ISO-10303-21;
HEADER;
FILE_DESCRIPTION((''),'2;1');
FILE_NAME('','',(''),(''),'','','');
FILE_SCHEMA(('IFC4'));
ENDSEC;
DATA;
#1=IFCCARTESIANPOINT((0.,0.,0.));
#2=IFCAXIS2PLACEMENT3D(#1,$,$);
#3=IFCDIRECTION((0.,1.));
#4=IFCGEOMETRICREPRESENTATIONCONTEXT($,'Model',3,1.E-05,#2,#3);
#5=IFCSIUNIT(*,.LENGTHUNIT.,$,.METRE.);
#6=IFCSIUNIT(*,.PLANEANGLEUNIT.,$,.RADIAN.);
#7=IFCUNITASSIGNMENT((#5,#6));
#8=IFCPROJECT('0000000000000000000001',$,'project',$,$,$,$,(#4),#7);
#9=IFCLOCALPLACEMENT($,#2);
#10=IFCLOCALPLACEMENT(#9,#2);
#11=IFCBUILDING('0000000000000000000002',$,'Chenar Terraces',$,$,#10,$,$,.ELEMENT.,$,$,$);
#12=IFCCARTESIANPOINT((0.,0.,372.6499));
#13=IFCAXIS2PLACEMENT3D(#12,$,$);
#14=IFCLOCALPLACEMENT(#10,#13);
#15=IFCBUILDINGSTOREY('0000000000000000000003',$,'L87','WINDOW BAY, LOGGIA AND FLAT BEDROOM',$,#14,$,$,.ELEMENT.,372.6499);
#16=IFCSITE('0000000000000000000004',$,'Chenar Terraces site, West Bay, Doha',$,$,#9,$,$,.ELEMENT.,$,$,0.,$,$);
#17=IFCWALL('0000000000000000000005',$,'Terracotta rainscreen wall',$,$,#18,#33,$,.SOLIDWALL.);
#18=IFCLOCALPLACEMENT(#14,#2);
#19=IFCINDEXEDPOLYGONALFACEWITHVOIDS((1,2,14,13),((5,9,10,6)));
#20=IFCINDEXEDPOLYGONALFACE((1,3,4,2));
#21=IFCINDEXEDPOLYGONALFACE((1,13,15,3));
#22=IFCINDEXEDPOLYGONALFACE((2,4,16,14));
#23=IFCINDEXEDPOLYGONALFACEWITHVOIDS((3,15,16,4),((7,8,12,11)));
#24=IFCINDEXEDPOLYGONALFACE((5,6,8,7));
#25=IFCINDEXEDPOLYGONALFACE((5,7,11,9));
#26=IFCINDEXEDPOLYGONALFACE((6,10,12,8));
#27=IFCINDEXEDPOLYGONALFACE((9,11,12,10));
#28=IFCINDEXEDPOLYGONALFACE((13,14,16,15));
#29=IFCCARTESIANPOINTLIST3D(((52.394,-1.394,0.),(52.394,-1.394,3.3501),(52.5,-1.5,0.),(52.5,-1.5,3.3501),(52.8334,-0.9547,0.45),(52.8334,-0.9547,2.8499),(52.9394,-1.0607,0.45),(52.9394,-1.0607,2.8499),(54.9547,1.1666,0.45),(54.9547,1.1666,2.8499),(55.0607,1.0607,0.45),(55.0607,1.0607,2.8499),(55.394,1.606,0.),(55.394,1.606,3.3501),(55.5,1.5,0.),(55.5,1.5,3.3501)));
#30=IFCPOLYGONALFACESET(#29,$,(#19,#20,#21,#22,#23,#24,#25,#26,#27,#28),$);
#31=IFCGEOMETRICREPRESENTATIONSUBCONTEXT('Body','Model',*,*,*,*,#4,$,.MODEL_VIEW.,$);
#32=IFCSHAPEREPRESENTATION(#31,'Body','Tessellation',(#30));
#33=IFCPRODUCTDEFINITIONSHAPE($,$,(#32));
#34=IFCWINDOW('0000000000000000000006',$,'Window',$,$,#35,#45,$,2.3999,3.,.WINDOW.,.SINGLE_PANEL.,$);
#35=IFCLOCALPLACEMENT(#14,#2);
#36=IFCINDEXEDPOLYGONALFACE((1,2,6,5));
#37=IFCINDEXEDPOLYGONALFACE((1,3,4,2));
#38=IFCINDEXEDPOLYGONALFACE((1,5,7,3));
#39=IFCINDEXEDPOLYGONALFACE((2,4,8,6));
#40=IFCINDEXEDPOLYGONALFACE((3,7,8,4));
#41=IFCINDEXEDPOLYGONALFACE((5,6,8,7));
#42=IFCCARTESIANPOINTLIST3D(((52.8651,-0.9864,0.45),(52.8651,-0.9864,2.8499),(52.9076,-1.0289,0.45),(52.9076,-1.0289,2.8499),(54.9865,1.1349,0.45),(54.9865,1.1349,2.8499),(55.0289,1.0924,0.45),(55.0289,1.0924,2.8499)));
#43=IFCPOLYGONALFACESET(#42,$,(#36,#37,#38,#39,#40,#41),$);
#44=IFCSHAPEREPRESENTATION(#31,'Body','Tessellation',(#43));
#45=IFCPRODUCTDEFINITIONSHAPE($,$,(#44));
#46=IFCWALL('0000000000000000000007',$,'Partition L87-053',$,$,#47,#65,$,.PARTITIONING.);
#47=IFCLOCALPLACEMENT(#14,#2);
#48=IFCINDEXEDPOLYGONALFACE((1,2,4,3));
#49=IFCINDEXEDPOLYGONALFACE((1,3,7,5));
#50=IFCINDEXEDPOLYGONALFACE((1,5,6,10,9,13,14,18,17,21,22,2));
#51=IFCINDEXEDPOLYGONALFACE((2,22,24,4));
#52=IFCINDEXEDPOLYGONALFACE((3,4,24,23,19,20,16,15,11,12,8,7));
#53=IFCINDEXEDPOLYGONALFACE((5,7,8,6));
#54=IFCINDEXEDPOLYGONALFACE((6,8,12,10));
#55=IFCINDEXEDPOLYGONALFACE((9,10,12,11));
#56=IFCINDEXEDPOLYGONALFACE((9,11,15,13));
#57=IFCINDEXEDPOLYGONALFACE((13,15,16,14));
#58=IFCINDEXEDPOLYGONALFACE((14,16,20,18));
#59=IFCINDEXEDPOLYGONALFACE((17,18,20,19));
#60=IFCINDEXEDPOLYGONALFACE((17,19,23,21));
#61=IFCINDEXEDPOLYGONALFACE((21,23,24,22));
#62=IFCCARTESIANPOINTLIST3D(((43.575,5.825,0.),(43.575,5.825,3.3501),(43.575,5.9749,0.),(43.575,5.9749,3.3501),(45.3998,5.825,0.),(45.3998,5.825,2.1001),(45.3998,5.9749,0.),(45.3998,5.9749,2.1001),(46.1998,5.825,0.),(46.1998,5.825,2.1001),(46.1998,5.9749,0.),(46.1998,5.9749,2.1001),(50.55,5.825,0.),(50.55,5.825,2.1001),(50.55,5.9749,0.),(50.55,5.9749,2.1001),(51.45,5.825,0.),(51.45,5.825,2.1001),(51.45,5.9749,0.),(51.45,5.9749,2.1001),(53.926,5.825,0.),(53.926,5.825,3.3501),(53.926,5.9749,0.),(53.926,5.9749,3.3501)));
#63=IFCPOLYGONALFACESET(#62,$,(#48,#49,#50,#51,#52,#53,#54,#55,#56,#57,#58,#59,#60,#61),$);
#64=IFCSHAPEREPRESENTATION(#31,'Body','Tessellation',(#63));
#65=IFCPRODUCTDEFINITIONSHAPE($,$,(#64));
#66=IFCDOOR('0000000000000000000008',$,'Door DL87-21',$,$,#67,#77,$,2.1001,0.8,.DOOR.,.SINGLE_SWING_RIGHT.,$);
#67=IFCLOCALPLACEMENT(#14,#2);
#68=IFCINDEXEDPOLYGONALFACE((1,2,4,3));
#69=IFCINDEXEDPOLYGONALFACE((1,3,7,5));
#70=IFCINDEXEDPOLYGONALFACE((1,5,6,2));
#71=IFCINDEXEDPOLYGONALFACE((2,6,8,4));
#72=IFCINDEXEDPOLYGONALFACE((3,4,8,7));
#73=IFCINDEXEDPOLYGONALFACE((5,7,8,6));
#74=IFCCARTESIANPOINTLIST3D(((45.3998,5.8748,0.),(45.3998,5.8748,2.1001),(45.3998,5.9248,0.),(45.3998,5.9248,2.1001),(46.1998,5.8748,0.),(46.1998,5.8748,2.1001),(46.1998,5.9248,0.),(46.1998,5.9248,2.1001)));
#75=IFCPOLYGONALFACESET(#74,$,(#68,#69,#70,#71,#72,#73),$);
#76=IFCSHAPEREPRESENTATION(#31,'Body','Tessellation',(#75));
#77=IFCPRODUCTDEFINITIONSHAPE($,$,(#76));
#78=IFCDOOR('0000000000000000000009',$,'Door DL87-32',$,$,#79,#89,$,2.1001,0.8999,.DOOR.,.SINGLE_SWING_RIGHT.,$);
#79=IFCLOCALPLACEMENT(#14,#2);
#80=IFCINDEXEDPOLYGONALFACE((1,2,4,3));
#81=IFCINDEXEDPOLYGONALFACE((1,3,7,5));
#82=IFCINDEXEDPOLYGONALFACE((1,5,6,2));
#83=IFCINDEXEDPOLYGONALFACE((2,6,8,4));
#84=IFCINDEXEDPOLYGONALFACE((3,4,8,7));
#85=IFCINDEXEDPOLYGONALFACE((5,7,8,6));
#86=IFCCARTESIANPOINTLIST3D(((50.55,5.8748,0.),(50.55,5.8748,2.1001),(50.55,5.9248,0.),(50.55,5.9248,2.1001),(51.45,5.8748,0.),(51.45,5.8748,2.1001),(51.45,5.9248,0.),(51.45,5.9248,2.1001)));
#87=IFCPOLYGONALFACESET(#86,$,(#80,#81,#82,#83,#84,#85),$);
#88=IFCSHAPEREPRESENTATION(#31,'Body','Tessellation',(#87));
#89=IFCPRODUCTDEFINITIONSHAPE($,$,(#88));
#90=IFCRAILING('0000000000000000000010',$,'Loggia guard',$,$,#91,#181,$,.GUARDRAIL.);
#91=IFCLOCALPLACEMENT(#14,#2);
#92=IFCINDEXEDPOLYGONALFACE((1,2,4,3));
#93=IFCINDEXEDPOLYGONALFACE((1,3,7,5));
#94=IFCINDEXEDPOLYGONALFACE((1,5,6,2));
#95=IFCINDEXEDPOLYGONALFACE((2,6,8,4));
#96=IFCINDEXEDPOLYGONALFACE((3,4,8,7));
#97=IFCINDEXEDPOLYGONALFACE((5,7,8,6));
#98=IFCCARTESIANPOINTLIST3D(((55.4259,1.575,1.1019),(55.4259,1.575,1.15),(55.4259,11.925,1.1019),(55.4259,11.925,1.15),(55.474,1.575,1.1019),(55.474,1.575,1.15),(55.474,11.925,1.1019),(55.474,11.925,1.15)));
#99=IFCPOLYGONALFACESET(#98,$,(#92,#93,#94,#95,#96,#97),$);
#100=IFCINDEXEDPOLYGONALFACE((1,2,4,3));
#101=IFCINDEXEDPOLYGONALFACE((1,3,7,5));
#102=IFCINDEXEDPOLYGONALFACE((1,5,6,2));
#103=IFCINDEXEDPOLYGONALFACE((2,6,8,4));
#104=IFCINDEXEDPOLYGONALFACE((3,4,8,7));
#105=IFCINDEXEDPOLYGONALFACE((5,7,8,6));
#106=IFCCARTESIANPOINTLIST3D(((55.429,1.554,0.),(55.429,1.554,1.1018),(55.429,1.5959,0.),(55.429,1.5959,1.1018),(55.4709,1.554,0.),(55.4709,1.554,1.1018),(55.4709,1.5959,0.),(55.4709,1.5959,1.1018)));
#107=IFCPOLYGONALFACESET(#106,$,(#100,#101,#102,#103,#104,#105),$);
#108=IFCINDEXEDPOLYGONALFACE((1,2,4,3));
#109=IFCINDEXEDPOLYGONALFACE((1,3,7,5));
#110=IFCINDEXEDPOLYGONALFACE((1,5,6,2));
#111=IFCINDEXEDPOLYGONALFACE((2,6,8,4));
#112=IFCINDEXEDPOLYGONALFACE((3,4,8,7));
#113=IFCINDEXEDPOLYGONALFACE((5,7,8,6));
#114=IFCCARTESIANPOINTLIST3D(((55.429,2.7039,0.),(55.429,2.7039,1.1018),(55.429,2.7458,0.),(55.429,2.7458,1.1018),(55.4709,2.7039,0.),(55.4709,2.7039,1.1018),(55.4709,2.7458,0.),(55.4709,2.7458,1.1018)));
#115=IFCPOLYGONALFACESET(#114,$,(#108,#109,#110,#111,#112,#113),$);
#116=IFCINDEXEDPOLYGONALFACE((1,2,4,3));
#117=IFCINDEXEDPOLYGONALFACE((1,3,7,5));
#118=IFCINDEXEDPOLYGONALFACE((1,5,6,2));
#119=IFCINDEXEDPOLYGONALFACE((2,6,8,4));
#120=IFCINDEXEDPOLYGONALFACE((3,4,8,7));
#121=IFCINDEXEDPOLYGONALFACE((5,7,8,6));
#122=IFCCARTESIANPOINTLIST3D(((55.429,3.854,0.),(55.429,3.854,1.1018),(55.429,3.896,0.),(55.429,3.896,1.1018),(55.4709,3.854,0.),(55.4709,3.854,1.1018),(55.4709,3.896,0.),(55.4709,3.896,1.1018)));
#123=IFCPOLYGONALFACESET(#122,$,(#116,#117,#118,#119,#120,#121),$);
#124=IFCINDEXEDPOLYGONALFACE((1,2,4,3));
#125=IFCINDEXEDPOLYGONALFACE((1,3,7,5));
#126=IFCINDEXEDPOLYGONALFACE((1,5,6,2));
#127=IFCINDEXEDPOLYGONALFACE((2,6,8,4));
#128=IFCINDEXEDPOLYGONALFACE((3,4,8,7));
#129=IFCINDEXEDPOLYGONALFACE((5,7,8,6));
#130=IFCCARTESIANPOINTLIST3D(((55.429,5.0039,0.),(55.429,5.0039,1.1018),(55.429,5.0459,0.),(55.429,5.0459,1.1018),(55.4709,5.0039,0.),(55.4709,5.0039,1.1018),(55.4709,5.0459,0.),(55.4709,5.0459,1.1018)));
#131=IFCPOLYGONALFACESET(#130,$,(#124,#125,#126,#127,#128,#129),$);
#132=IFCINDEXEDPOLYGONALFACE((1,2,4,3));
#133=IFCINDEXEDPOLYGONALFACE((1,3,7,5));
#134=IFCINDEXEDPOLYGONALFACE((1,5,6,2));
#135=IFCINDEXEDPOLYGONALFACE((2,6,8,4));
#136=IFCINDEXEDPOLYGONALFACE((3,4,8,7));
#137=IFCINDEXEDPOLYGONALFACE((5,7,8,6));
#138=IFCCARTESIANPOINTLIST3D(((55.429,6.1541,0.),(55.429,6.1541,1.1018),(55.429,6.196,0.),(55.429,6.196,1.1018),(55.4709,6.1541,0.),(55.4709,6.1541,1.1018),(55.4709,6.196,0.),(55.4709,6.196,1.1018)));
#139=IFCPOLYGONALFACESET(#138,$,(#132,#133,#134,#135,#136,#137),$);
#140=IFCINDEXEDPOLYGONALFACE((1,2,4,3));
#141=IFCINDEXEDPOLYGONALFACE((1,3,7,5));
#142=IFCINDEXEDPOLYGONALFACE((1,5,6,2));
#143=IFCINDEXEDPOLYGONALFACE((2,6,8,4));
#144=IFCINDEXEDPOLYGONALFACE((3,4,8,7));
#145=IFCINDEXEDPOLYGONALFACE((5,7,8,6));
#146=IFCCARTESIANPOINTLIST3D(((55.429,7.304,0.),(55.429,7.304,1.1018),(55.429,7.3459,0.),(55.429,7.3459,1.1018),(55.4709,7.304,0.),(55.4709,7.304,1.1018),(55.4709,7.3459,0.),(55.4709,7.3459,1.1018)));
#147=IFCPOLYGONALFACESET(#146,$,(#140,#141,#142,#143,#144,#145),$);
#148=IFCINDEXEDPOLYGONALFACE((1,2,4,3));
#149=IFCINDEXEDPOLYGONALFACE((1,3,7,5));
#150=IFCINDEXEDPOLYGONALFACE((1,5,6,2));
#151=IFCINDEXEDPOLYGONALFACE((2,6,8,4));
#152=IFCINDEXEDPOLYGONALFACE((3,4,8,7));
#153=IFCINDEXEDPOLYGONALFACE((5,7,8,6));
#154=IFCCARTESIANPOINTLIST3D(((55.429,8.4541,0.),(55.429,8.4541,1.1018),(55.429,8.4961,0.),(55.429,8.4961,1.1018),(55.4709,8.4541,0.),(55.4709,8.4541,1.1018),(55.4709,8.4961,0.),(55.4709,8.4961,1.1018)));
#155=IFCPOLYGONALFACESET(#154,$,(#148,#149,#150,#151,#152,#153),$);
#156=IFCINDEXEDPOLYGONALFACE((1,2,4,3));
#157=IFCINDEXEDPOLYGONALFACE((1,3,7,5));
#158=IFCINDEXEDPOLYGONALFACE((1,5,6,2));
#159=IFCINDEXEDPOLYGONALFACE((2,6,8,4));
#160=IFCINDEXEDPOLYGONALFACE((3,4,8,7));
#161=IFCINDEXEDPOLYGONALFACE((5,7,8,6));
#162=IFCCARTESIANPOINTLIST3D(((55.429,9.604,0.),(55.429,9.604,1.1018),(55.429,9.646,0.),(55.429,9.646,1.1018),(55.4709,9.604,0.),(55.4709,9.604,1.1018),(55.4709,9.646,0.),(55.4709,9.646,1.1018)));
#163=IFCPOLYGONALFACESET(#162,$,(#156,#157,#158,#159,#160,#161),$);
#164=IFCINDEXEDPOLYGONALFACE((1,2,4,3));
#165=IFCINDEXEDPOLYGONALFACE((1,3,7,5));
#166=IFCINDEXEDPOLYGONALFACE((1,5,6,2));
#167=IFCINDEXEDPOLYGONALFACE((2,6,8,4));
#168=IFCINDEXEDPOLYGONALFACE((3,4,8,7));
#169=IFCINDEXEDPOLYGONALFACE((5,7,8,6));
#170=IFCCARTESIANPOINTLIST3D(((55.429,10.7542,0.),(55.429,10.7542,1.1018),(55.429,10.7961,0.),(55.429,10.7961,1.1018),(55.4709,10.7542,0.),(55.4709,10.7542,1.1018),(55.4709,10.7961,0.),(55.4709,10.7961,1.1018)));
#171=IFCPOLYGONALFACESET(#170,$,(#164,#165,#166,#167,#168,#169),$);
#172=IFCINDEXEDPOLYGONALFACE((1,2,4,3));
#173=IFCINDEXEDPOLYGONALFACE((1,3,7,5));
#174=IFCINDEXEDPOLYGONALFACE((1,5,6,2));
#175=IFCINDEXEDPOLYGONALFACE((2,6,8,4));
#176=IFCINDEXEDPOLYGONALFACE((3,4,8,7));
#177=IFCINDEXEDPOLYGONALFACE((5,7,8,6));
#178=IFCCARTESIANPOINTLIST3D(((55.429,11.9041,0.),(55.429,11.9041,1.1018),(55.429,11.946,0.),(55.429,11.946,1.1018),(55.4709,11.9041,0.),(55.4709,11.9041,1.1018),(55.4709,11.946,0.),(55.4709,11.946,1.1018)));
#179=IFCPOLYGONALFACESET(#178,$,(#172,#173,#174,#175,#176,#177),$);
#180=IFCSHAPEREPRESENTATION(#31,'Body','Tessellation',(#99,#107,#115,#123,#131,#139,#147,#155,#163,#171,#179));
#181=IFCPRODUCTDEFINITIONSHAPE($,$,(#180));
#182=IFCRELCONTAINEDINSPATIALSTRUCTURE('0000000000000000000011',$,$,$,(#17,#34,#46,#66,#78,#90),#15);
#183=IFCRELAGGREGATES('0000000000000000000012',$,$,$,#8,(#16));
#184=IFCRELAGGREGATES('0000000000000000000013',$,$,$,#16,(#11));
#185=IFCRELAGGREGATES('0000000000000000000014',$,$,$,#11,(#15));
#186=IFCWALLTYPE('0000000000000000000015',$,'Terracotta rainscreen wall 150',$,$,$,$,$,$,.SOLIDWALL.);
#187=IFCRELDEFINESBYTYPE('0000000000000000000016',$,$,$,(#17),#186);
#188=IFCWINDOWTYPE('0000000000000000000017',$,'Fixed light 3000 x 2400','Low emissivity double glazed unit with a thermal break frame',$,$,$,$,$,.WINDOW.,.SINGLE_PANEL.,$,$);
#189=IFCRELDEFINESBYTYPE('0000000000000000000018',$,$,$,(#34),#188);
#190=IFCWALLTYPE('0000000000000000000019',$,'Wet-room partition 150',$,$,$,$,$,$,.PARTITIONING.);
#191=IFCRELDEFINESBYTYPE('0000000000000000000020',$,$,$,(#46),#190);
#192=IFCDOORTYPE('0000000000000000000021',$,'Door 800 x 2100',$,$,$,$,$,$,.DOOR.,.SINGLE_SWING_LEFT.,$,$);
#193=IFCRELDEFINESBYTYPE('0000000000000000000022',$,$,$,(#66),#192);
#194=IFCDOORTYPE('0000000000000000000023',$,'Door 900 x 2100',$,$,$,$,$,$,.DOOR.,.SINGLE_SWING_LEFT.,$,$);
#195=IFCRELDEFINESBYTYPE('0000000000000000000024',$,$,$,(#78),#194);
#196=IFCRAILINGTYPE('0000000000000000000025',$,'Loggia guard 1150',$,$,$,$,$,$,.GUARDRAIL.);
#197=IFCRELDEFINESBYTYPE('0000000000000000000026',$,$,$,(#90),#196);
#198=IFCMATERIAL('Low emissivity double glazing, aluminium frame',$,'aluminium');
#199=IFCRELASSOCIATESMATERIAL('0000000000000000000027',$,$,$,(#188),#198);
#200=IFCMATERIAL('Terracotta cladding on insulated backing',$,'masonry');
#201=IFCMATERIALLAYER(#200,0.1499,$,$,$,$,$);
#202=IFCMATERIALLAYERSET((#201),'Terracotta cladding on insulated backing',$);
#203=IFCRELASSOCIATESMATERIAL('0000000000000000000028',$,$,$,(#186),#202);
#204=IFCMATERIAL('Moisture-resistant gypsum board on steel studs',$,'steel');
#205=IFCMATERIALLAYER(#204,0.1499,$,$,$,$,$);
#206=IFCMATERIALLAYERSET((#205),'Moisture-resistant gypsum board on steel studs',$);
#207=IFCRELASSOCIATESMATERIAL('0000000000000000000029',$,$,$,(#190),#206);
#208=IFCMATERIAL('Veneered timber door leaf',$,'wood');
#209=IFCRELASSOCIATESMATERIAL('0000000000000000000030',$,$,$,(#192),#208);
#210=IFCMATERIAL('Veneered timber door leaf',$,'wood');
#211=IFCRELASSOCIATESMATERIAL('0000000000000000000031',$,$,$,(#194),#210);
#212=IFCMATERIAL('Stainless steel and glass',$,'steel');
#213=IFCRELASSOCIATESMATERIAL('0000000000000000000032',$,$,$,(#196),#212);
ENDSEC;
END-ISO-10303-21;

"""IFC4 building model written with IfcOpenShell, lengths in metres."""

from ifc_helpers import new_model, si_unit, direction, frame, frame_2d, origin, origin_2d, place, context, subcontext, project, spatial, rectangle, extrude, material, layer, layer_set, type_object, element, fill, save


model = new_model("IFC4")

# Units and contexts
model_context = context("Model", 3, precision=1e-05, world=origin(), true_north=direction((0.0, 1.0)))
body_context = subcontext(model_context, "Body", "Model", "MODEL_VIEW")
ifc_project = project(units=[si_unit("LENGTHUNIT", "METRE"), si_unit("PLANEANGLEUNIT", "RADIAN")], contexts=[model_context])

# Site, building, storey
site_placement = place(None, origin())
site = spatial("IfcSite", under=ifc_project, at=site_placement, Name="Chenar Terraces site, West Bay, Doha", CompositionType="ELEMENT", RefElevation=0.0)
building_placement = place(site_placement, origin())
building = spatial("IfcBuilding", under=site, at=building_placement, Name="Chenar Terraces", CompositionType="ELEMENT")
storey_placement = place(building_placement, frame((0.0, 0.0, 372.6499)))
storey = spatial("IfcBuildingStorey", under=building, at=storey_placement, Name="L87", Description="WINDOW BAY, LOGGIA AND FLAT BEDROOM", CompositionType="ELEMENT", Elevation=372.6499)

# Shared definitions
ifc_material_1 = material(Name="Low emissivity double glazing, aluminium frame", Category="aluminium")
window_type_1 = type_object("IfcWindowType", Name="Fixed light 3000 x 2400", Description="Low emissivity double glazed unit with a thermal break frame", PartitioningType="SINGLE_PANEL", PredefinedType="WINDOW", material=ifc_material_1)

# Wall, opening, window
ifc_material_2 = material(Name="Terracotta cladding on insulated backing", Category="masonry")
ifc_layer_1 = layer(ifc_material_2, 0.1499)
ifc_layer_set_1 = layer_set([ifc_layer_1], Name="Terracotta cladding on insulated backing")
wall_type_1 = type_object("IfcWallType", Name="Terracotta rainscreen wall 150", PredefinedType="SOLIDWALL", material=ifc_layer_set_1)
wall_1_placement = place(storey_placement, frame((52.447, -1.447, 0.0), z_axis=(0.0, 0.0, 1.0), x_axis=(0.707107, 0.707107, 0.0)))
wall_1 = element("IfcWall", 1, at=wall_1_placement, inside=storey, type_object=wall_type_1, Name="Terracotta rainscreen wall", PredefinedType="SOLIDWALL", context=body_context, shape_type="SweptSolid", body=[
    extrude(rectangle(XDim=4.2427, YDim=0.1499, at=frame_2d((2.1213, 0.0))), origin(), (0.0, 0.0, 1.0), 3.3501),
])
opening_1_placement = place(wall_1_placement, frame((0.6213, 0.0, 0.45)))
opening_1 = element("IfcOpeningElement", 2, at=opening_1_placement, cuts=wall_1, PredefinedType="OPENING", context=body_context, shape_type="SweptSolid", body=[
    extrude(rectangle(XDim=3.0, YDim=2.3999, at=frame_2d((1.5, 1.2))), frame((0.0, 0.085, 0.0), z_axis=(0.0, -1.0, 0.0), x_axis=(1.0, 0.0, 0.0)), (0.0, 0.0, 1.0), 0.1699),
])
window_1_placement = place(opening_1_placement, origin())
window_1 = element("IfcWindow", 3, at=window_1_placement, inside=storey, type_object=window_type_1, Name="Window", OverallHeight=2.3999, OverallWidth=3.0, PartitioningType="SINGLE_PANEL", PredefinedType="WINDOW", context=body_context, shape_type="SweptSolid", body=[
    extrude(rectangle(XDim=3.0, YDim=2.3999, at=frame_2d((1.5, 1.2))), frame((0.0, 0.03, 0.0), z_axis=(0.0, -1.0, 0.0), x_axis=(1.0, 0.0, 0.0)), (0.0, 0.0, 1.0), 0.0601),
])
fill(opening_1, window_1)

# Wall, openings, doors
ifc_material_3 = material(Name="Moisture-resistant gypsum board on steel studs", Category="steel")
ifc_layer_2 = layer(ifc_material_3, 0.1499)
ifc_layer_set_2 = layer_set([ifc_layer_2], Name="Moisture-resistant gypsum board on steel studs")
wall_type_2 = type_object("IfcWallType", Name="Wet-room partition 150", PredefinedType="PARTITIONING", material=ifc_layer_set_2)
wall_2_placement = place(storey_placement, frame((43.575, 5.8999, 0.0), z_axis=(0.0, 0.0, 1.0), x_axis=(1.0, 0.0, 0.0)))
wall_2 = element("IfcWall", 4, at=wall_2_placement, inside=storey, type_object=wall_type_2, Name="Partition L87-053", PredefinedType="PARTITIONING", context=body_context, shape_type="SweptSolid", body=[
    extrude(rectangle(XDim=10.3511, YDim=0.1499, at=frame_2d((5.1755, 0.0))), origin(), (0.0, 0.0, 1.0), 3.3501),
])
opening_2_placement = place(wall_2_placement, frame((1.825, 0.0, 0.0)))
opening_2 = element("IfcOpeningElement", 5, at=opening_2_placement, cuts=wall_2, PredefinedType="OPENING", context=body_context, shape_type="SweptSolid", body=[
    extrude(rectangle(XDim=0.8, YDim=2.1001, at=frame_2d((0.3999, 1.05))), frame((0.0, 0.085, 0.0), z_axis=(0.0, -1.0, 0.0), x_axis=(1.0, 0.0, 0.0)), (0.0, 0.0, 1.0), 0.1699),
])
opening_3_placement = place(wall_2_placement, frame((6.9751, 0.0, 0.0)))
opening_3 = element("IfcOpeningElement", 6, at=opening_3_placement, cuts=wall_2, PredefinedType="OPENING", context=body_context, shape_type="SweptSolid", body=[
    extrude(rectangle(XDim=0.8999, YDim=2.1001, at=frame_2d((0.45, 1.05))), frame((0.0, 0.085, 0.0), z_axis=(0.0, -1.0, 0.0), x_axis=(1.0, 0.0, 0.0)), (0.0, 0.0, 1.0), 0.1699),
])
ifc_material_4 = material(Name="Veneered timber door leaf", Category="wood")
door_type_1 = type_object("IfcDoorType", Name="Door 800 x 2100", OperationType="SINGLE_SWING_LEFT", PredefinedType="DOOR", material=ifc_material_4)
door_1_placement = place(opening_2_placement, origin())
door_1 = element("IfcDoor", 7, at=door_1_placement, inside=storey, type_object=door_type_1, Name="Door DL87-21", OperationType="SINGLE_SWING_RIGHT", OverallHeight=2.1001, OverallWidth=0.8, PredefinedType="DOOR", context=body_context, shape_type="SweptSolid", body=[
    extrude(rectangle(XDim=0.8, YDim=2.1001, at=frame_2d((0.3999, 1.05))), frame((0.0, 0.0249, 0.0), z_axis=(0.0, -1.0, 0.0), x_axis=(1.0, 0.0, 0.0)), (0.0, 0.0, 1.0), 0.05),
])
fill(opening_2, door_1)
ifc_material_5 = material(Name="Veneered timber door leaf", Category="wood")
door_type_2 = type_object("IfcDoorType", Name="Door 900 x 2100", OperationType="SINGLE_SWING_LEFT", PredefinedType="DOOR", material=ifc_material_5)
door_2_placement = place(opening_3_placement, origin())
door_2 = element("IfcDoor", 8, at=door_2_placement, inside=storey, type_object=door_type_2, Name="Door DL87-32", OperationType="SINGLE_SWING_RIGHT", OverallHeight=2.1001, OverallWidth=0.8999, PredefinedType="DOOR", context=body_context, shape_type="SweptSolid", body=[
    extrude(rectangle(XDim=0.8999, YDim=2.1001, at=frame_2d((0.45, 1.05))), frame((0.0, 0.0249, 0.0), z_axis=(0.0, -1.0, 0.0), x_axis=(1.0, 0.0, 0.0)), (0.0, 0.0, 1.0), 0.05),
])
fill(opening_3, door_2)

# Railing
ifc_material_6 = material(Name="Stainless steel and glass", Category="steel")
railing_type = type_object("IfcRailingType", Name="Loggia guard 1150", PredefinedType="GUARDRAIL", material=ifc_material_6)
railing_1_placement = place(storey_placement, frame((55.45, 1.575, 0.0)))
element("IfcRailing", 9, at=railing_1_placement, inside=storey, type_object=railing_type, Name="Loggia guard", PredefinedType="GUARDRAIL", context=body_context, shape_type="SweptSolid", body=[
    extrude(rectangle(XDim=0.0481, YDim=0.0481, at=origin_2d()), frame((0.0, 0.0, 1.126), z_axis=(0.0, 1.0, 0.0), x_axis=(-1.0, 0.0, 0.0)), (0.0, 0.0, 1.0), 10.3501),
    extrude(rectangle(XDim=0.042, YDim=0.042, at=origin_2d()), origin(), (0.0, 0.0, 1.0), 1.1018),
    extrude(rectangle(XDim=0.042, YDim=0.042, at=origin_2d()), frame((0.0, 1.1499, 0.0)), (0.0, 0.0, 1.0), 1.1018),
    extrude(rectangle(XDim=0.042, YDim=0.042, at=origin_2d()), frame((0.0, 2.3, 0.0)), (0.0, 0.0, 1.0), 1.1018),
    extrude(rectangle(XDim=0.042, YDim=0.042, at=origin_2d()), frame((0.0, 3.45, 0.0)), (0.0, 0.0, 1.0), 1.1018),
    extrude(rectangle(XDim=0.042, YDim=0.042, at=origin_2d()), frame((0.0, 4.6001, 0.0)), (0.0, 0.0, 1.0), 1.1018),
    extrude(rectangle(XDim=0.042, YDim=0.042, at=origin_2d()), frame((0.0, 5.75, 0.0)), (0.0, 0.0, 1.0), 1.1018),
    extrude(rectangle(XDim=0.042, YDim=0.042, at=origin_2d()), frame((0.0, 6.9001, 0.0)), (0.0, 0.0, 1.0), 1.1018),
    extrude(rectangle(XDim=0.042, YDim=0.042, at=origin_2d()), frame((0.0, 8.05, 0.0)), (0.0, 0.0, 1.0), 1.1018),
    extrude(rectangle(XDim=0.042, YDim=0.042, at=origin_2d()), frame((0.0, 9.2002, 0.0)), (0.0, 0.0, 1.0), 1.1018),
    extrude(rectangle(XDim=0.042, YDim=0.042, at=origin_2d()), frame((0.0, 10.3501, 0.0)), (0.0, 0.0, 1.0), 1.1018),
])

save(model, "model.ifc")
